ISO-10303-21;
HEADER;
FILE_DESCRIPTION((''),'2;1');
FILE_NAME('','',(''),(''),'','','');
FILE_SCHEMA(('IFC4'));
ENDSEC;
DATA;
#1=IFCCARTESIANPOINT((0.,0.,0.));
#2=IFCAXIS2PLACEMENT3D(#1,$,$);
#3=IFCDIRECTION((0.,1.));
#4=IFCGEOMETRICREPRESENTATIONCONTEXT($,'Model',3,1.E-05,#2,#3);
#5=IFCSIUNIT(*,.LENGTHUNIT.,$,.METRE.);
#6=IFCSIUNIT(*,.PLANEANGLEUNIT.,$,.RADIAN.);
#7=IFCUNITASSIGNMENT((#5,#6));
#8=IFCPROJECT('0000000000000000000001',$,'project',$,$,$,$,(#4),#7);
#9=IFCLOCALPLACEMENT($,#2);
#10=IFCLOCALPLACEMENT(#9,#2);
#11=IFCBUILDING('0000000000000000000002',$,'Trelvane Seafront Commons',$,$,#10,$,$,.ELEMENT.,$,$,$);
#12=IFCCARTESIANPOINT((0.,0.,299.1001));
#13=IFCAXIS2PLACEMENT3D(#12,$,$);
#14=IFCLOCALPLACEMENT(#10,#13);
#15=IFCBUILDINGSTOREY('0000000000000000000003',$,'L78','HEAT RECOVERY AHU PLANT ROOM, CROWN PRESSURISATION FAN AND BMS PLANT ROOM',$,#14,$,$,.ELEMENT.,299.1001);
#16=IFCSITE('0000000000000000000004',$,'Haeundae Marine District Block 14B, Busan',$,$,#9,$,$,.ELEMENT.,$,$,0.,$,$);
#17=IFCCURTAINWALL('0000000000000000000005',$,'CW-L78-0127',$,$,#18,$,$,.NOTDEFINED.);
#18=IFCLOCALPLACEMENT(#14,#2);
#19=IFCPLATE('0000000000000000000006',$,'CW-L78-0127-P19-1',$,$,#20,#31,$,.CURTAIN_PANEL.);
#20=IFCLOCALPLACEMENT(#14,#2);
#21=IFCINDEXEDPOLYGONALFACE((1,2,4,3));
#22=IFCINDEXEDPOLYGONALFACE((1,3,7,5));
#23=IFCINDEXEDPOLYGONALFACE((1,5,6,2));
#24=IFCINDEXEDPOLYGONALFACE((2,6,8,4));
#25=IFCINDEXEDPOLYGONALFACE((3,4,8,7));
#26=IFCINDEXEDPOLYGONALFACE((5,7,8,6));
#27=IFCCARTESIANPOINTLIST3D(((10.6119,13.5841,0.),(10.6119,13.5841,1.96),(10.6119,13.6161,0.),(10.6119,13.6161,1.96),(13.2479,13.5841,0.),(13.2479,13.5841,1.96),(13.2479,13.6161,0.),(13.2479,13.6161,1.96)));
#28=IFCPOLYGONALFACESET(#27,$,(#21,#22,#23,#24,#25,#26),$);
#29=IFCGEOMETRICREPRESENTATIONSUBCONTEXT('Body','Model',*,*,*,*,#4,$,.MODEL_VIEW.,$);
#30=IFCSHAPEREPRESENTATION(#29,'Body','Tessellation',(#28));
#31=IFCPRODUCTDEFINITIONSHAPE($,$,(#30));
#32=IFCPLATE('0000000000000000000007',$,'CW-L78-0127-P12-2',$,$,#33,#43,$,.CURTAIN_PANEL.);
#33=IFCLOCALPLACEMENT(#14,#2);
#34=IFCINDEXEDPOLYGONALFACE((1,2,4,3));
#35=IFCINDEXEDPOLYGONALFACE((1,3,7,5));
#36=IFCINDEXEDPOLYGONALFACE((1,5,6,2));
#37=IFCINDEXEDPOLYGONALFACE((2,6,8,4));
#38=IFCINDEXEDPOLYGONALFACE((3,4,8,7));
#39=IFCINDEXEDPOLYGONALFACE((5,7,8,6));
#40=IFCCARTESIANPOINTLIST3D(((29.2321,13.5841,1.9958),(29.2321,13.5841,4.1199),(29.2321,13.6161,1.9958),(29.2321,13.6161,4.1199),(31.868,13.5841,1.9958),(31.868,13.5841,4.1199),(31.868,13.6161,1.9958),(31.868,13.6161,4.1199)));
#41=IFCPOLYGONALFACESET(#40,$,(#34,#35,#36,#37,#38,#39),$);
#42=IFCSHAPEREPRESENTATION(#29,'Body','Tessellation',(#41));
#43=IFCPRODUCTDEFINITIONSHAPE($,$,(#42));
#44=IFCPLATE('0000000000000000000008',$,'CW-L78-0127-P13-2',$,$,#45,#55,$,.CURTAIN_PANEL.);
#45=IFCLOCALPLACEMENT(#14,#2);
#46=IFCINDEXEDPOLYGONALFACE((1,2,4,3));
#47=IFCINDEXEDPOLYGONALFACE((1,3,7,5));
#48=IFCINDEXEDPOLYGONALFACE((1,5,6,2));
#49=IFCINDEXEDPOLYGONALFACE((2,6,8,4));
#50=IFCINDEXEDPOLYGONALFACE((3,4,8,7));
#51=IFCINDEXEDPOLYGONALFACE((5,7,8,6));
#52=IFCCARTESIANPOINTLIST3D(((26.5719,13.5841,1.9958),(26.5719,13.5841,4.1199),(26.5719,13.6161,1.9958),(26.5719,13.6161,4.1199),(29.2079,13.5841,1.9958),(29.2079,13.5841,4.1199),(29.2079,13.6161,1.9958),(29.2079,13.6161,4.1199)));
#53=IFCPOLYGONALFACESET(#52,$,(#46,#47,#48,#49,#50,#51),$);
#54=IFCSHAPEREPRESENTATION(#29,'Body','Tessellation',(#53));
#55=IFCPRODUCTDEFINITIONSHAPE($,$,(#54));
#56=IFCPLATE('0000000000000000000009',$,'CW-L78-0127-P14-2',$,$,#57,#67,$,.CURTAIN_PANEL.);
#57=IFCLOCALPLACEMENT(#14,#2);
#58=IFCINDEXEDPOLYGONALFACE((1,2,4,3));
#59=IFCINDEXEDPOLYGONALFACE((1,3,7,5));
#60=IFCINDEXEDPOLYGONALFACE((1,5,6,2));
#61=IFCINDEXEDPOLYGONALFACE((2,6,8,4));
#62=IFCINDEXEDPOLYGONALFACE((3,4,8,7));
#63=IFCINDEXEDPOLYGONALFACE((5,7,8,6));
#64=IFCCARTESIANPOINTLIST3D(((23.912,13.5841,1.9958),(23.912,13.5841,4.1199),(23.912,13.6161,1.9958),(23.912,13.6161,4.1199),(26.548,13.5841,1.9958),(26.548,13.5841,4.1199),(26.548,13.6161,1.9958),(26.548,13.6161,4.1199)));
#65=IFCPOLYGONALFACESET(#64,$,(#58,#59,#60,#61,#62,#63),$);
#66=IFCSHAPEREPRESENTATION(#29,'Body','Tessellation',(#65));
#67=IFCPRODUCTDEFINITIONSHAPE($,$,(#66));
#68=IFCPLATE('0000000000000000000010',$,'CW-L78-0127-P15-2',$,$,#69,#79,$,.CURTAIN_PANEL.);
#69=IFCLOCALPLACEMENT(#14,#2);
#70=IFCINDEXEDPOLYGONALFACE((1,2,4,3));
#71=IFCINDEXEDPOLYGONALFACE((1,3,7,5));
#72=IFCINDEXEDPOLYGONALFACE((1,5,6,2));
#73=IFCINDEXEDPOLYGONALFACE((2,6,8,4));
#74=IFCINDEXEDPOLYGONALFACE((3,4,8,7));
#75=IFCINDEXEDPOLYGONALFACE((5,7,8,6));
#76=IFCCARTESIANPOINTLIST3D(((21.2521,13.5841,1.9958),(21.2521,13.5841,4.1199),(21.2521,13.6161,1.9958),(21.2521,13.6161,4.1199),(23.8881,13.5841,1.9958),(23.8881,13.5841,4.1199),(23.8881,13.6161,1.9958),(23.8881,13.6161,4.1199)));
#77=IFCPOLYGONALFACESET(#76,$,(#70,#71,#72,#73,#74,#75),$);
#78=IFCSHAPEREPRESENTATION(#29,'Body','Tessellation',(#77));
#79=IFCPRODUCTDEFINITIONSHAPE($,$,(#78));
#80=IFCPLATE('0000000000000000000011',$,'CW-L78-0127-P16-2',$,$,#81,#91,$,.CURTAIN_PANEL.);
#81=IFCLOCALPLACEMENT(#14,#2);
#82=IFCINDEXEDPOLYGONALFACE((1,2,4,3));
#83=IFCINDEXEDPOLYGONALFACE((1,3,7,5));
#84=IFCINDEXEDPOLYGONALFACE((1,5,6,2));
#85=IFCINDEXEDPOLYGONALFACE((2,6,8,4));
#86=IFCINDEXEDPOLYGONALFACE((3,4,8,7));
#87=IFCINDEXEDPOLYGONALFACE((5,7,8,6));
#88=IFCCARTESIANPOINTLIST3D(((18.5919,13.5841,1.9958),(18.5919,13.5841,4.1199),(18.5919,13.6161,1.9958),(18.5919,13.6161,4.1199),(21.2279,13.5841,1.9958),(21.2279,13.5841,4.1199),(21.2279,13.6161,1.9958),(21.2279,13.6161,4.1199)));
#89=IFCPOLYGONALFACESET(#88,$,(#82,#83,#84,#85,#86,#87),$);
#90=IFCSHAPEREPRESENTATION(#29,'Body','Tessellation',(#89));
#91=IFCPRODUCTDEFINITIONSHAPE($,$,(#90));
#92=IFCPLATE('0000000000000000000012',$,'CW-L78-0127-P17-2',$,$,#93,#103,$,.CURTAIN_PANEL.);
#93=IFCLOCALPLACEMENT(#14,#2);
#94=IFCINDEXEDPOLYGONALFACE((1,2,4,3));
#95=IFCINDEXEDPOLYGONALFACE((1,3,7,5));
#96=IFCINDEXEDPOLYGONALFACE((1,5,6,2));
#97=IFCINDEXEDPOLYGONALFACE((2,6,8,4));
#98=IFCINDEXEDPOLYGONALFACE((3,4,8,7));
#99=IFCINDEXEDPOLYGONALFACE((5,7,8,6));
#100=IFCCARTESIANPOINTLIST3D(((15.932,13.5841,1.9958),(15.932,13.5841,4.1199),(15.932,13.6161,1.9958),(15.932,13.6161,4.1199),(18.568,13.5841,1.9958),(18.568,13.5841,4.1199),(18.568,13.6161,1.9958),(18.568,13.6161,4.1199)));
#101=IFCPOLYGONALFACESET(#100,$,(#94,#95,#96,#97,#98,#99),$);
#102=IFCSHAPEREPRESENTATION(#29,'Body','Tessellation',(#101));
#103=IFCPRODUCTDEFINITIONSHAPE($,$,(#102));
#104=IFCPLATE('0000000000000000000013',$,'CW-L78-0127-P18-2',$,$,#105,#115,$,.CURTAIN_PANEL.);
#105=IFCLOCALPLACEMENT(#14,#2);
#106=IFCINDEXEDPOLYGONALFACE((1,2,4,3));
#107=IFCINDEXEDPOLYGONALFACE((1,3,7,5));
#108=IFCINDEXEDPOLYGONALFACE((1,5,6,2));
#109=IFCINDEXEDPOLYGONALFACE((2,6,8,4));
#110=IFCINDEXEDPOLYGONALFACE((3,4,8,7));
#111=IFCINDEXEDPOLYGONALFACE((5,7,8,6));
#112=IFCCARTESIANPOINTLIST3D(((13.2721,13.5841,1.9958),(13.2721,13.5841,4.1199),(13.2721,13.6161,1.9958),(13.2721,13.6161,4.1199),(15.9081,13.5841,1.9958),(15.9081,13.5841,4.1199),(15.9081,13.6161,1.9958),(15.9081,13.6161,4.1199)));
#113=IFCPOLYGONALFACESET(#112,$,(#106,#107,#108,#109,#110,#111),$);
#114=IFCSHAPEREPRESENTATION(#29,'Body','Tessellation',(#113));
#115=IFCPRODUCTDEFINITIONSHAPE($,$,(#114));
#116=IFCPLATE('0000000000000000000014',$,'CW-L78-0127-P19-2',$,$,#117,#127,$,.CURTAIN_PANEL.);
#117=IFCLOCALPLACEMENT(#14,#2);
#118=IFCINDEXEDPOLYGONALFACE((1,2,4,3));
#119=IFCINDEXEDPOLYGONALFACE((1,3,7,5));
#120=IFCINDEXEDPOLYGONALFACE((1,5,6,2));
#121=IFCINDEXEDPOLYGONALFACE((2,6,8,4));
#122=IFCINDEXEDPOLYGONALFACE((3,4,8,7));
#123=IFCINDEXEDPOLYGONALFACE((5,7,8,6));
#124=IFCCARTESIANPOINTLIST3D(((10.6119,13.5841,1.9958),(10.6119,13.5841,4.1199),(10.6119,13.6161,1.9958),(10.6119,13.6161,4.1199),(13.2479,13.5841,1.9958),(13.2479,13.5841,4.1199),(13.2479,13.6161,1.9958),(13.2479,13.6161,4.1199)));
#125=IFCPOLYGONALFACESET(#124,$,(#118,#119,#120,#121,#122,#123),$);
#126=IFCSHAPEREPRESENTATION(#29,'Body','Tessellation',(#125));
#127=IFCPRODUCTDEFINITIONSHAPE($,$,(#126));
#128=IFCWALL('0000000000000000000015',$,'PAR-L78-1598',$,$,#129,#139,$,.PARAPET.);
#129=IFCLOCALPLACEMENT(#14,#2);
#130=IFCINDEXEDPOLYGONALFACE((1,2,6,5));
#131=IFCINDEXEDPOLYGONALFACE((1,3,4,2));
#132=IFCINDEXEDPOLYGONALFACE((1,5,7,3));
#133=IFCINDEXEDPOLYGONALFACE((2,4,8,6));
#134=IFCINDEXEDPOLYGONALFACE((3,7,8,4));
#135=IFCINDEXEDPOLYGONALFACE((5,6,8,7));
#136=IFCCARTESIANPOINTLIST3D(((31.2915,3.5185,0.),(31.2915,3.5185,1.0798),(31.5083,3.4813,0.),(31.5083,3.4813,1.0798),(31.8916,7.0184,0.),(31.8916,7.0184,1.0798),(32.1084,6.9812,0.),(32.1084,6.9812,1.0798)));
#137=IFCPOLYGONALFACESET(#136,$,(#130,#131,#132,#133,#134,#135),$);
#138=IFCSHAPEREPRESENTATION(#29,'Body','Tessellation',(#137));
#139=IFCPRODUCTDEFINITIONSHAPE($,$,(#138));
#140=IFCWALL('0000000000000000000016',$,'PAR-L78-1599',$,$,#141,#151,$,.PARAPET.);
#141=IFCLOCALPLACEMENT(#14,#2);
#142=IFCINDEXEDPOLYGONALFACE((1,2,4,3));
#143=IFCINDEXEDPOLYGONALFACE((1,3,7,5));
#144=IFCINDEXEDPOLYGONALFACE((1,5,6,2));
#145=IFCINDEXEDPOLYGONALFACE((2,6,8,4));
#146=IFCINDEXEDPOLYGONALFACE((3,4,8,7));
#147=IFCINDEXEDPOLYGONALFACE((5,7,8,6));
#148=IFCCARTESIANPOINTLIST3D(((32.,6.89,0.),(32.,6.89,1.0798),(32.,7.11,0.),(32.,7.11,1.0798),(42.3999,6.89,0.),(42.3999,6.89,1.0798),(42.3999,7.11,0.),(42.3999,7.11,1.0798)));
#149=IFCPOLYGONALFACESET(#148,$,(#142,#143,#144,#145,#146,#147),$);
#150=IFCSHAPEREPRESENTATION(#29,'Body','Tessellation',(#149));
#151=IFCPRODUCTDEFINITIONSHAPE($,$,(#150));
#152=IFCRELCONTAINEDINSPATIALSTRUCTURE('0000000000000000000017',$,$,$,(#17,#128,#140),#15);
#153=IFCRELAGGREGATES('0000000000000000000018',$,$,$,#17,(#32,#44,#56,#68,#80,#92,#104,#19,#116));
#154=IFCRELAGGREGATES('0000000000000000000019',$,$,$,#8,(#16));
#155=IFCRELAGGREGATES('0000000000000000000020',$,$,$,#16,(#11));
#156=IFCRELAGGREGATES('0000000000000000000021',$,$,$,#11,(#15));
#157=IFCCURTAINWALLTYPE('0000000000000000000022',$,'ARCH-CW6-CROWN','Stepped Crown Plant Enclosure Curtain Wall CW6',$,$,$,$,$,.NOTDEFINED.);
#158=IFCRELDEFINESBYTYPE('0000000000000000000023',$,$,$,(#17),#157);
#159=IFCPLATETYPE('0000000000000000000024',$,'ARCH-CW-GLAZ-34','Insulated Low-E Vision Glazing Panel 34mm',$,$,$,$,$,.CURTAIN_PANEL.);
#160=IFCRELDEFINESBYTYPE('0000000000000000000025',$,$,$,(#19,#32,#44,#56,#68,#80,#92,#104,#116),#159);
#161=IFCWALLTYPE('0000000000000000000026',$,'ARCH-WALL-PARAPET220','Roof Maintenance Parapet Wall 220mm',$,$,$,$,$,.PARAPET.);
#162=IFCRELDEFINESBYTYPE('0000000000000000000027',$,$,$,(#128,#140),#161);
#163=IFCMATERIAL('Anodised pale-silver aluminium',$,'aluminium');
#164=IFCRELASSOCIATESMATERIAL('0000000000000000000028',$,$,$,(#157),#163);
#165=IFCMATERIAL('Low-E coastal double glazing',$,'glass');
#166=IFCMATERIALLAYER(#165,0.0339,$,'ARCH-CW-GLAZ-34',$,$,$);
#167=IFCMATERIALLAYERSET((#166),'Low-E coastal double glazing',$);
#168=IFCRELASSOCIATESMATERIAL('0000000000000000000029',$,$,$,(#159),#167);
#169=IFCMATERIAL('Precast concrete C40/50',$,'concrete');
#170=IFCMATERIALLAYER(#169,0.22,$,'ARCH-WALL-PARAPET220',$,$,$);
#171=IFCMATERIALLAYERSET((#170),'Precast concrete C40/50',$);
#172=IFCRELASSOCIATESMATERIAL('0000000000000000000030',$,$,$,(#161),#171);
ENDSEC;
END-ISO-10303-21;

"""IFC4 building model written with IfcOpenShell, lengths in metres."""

from ifc_helpers import new_model, si_unit, direction, frame, frame_2d, origin, origin_2d, place, context, subcontext, project, spatial, rectangle, extrude, source, transform, mapped, material, layer, layer_set, type_object, element, aggregate, save


model = new_model("IFC4")

# Units and contexts
model_context = context("Model", 3, precision=1e-05, world=origin(), true_north=direction((0.0, 1.0)))
body_context = subcontext(model_context, "Body", "Model", "MODEL_VIEW")
ifc_project = project(units=[si_unit("LENGTHUNIT", "METRE"), si_unit("PLANEANGLEUNIT", "RADIAN")], contexts=[model_context])

# Site, building, storey
site_placement = place(None, origin())
site = spatial("IfcSite", under=ifc_project, at=site_placement, Name="Haeundae Marine District Block 14B, Busan", CompositionType="ELEMENT", RefElevation=0.0)
building_placement = place(site_placement, origin())
building = spatial("IfcBuilding", under=site, at=building_placement, Name="Trelvane Seafront Commons", CompositionType="ELEMENT")
storey_placement = place(building_placement, frame((0.0, 0.0, 299.1001)))
storey = spatial("IfcBuildingStorey", under=building, at=storey_placement, Name="L78", Description="HEAT RECOVERY AHU PLANT ROOM, CROWN PRESSURISATION FAN AND BMS PLANT ROOM", CompositionType="ELEMENT", Elevation=299.1001)

# Curtain wall, plates
ifc_material_1 = material(Name="Anodised pale-silver aluminium", Category="aluminium")
curtain_wall_type = type_object("IfcCurtainWallType", Name="ARCH-CW6-CROWN", Description="Stepped Crown Plant Enclosure Curtain Wall CW6", PredefinedType="NOTDEFINED", material=ifc_material_1)
curtain_wall_placement = place(storey_placement, origin())
curtain_wall = element("IfcCurtainWall", 1, at=curtain_wall_placement, inside=storey, type_object=curtain_wall_type, Name="CW-L78-0127", PredefinedType="NOTDEFINED")
ifc_material_2 = material(Name="Low-E coastal double glazing", Category="glass")
ifc_layer_1 = layer(ifc_material_2, 0.0339, Name="ARCH-CW-GLAZ-34")
ifc_layer_set_1 = layer_set([ifc_layer_1], Name="Low-E coastal double glazing")
plate_type = type_object("IfcPlateType", Name="ARCH-CW-GLAZ-34", Description="Insulated Low-E Vision Glazing Panel 34mm", PredefinedType="CURTAIN_PANEL", material=ifc_layer_set_1)
shared_shape_1 = source(origin(), body_context, "Body", "SweptSolid", [
    extrude(rectangle(XDim=2.636, YDim=0.032, at=origin_2d()), origin(), (0.0, 0.0, 1.0), 1.96),
])
plate_1_placement = place(storey_placement, frame((11.9299, 13.6001, 0.0), z_axis=(0.0, 0.0, 1.0), x_axis=(-1.0, 0.0, 0.0)))
plate_1 = element("IfcPlate", 2, at=plate_1_placement, type_object=plate_type, Name="CW-L78-0127-P19-1", PredefinedType="CURTAIN_PANEL", context=body_context, shape_type="MappedRepresentation", body=[
    mapped(shared_shape_1, transform((0.0, 0.0, 0.0), x_axis=(1.0, 0.0, 0.0), y_axis=(0.0, 1.0, 0.0), z_axis=(0.0, 0.0, 1.0), scale=1.0)),
])
shared_shape_2 = source(origin(), body_context, "Body", "SweptSolid", [
    extrude(rectangle(XDim=2.636, YDim=0.032, at=origin_2d()), origin(), (0.0, 0.0, 1.0), 2.124),
])
plate_2_placement = place(storey_placement, frame((30.55, 13.6001, 1.9958), z_axis=(0.0, 0.0, 1.0), x_axis=(-1.0, 0.0, 0.0)))
plate_2 = element("IfcPlate", 3, at=plate_2_placement, type_object=plate_type, Name="CW-L78-0127-P12-2", PredefinedType="CURTAIN_PANEL", context=body_context, shape_type="MappedRepresentation", body=[
    mapped(shared_shape_2, transform((0.0, 0.0, 0.0), x_axis=(1.0, 0.0, 0.0), y_axis=(0.0, 1.0, 0.0), z_axis=(0.0, 0.0, 1.0), scale=1.0)),
])
plate_3_placement = place(storey_placement, frame((27.8899, 13.6001, 1.9958), z_axis=(0.0, 0.0, 1.0), x_axis=(-1.0, 0.0, 0.0)))
plate_3 = element("IfcPlate", 4, at=plate_3_placement, type_object=plate_type, Name="CW-L78-0127-P13-2", PredefinedType="CURTAIN_PANEL", context=body_context, shape_type="MappedRepresentation", body=[
    mapped(shared_shape_2, transform((0.0, 0.0, 0.0), x_axis=(1.0, 0.0, 0.0), y_axis=(0.0, 1.0, 0.0), z_axis=(0.0, 0.0, 1.0), scale=1.0)),
])
plate_4_placement = place(storey_placement, frame((25.23, 13.6001, 1.9958), z_axis=(0.0, 0.0, 1.0), x_axis=(-1.0, 0.0, 0.0)))
plate_4 = element("IfcPlate", 5, at=plate_4_placement, type_object=plate_type, Name="CW-L78-0127-P14-2", PredefinedType="CURTAIN_PANEL", context=body_context, shape_type="MappedRepresentation", body=[
    mapped(shared_shape_2, transform((0.0, 0.0, 0.0), x_axis=(1.0, 0.0, 0.0), y_axis=(0.0, 1.0, 0.0), z_axis=(0.0, 0.0, 1.0), scale=1.0)),
])
plate_5_placement = place(storey_placement, frame((22.5701, 13.6001, 1.9958), z_axis=(0.0, 0.0, 1.0), x_axis=(-1.0, 0.0, 0.0)))
plate_5 = element("IfcPlate", 6, at=plate_5_placement, type_object=plate_type, Name="CW-L78-0127-P15-2", PredefinedType="CURTAIN_PANEL", context=body_context, shape_type="MappedRepresentation", body=[
    mapped(shared_shape_2, transform((0.0, 0.0, 0.0), x_axis=(1.0, 0.0, 0.0), y_axis=(0.0, 1.0, 0.0), z_axis=(0.0, 0.0, 1.0), scale=1.0)),
])
plate_6_placement = place(storey_placement, frame((19.9099, 13.6001, 1.9958), z_axis=(0.0, 0.0, 1.0), x_axis=(-1.0, 0.0, 0.0)))
plate_6 = element("IfcPlate", 7, at=plate_6_placement, type_object=plate_type, Name="CW-L78-0127-P16-2", PredefinedType="CURTAIN_PANEL", context=body_context, shape_type="MappedRepresentation", body=[
    mapped(shared_shape_2, transform((0.0, 0.0, 0.0), x_axis=(1.0, 0.0, 0.0), y_axis=(0.0, 1.0, 0.0), z_axis=(0.0, 0.0, 1.0), scale=1.0)),
])
plate_7_placement = place(storey_placement, frame((17.25, 13.6001, 1.9958), z_axis=(0.0, 0.0, 1.0), x_axis=(-1.0, 0.0, 0.0)))
plate_7 = element("IfcPlate", 8, at=plate_7_placement, type_object=plate_type, Name="CW-L78-0127-P17-2", PredefinedType="CURTAIN_PANEL", context=body_context, shape_type="MappedRepresentation", body=[
    mapped(shared_shape_2, transform((0.0, 0.0, 0.0), x_axis=(1.0, 0.0, 0.0), y_axis=(0.0, 1.0, 0.0), z_axis=(0.0, 0.0, 1.0), scale=1.0)),
])
plate_8_placement = place(storey_placement, frame((14.5901, 13.6001, 1.9958), z_axis=(0.0, 0.0, 1.0), x_axis=(-1.0, 0.0, 0.0)))
plate_8 = element("IfcPlate", 9, at=plate_8_placement, type_object=plate_type, Name="CW-L78-0127-P18-2", PredefinedType="CURTAIN_PANEL", context=body_context, shape_type="MappedRepresentation", body=[
    mapped(shared_shape_2, transform((0.0, 0.0, 0.0), x_axis=(1.0, 0.0, 0.0), y_axis=(0.0, 1.0, 0.0), z_axis=(0.0, 0.0, 1.0), scale=1.0)),
])
plate_9_placement = place(storey_placement, frame((11.9299, 13.6001, 1.9958), z_axis=(0.0, 0.0, 1.0), x_axis=(-1.0, 0.0, 0.0)))
plate_9 = element("IfcPlate", 10, at=plate_9_placement, type_object=plate_type, Name="CW-L78-0127-P19-2", PredefinedType="CURTAIN_PANEL", context=body_context, shape_type="MappedRepresentation", body=[
    mapped(shared_shape_2, transform((0.0, 0.0, 0.0), x_axis=(1.0, 0.0, 0.0), y_axis=(0.0, 1.0, 0.0), z_axis=(0.0, 0.0, 1.0), scale=1.0)),
])
aggregate(curtain_wall, [plate_2, plate_3, plate_4, plate_5, plate_6, plate_7, plate_8, plate_1, plate_9])

# Walls
ifc_material_3 = material(Name="Precast concrete C40/50", Category="concrete")
ifc_layer_2 = layer(ifc_material_3, 0.22, Name="ARCH-WALL-PARAPET220")
ifc_layer_set_2 = layer_set([ifc_layer_2], Name="Precast concrete C40/50")
wall_type = type_object("IfcWallType", Name="ARCH-WALL-PARAPET220", Description="Roof Maintenance Parapet Wall 220mm", PredefinedType="PARAPET", material=ifc_layer_set_2)
wall_1_placement = place(storey_placement, frame((31.3999, 3.5, 0.0), z_axis=(0.0, 0.0, 1.0), x_axis=(0.168991, 0.985618, 0.0)))
element("IfcWall", 11, at=wall_1_placement, inside=storey, type_object=wall_type, Name="PAR-L78-1598", PredefinedType="PARAPET", context=body_context, shape_type="SweptSolid", body=[
    extrude(rectangle(XDim=3.551, YDim=0.22, at=frame_2d((1.7754, 0.0))), origin(), (0.0, 0.0, 1.0), 1.0798),
])
wall_2_placement = place(storey_placement, frame((32.0, 7.0, 0.0), z_axis=(0.0, 0.0, 1.0), x_axis=(1.0, 0.0, 0.0)))
element("IfcWall", 12, at=wall_2_placement, inside=storey, type_object=wall_type, Name="PAR-L78-1599", PredefinedType="PARAPET", context=body_context, shape_type="SweptSolid", body=[
    extrude(rectangle(XDim=10.3999, YDim=0.22, at=frame_2d((5.2, 0.0))), origin(), (0.0, 0.0, 1.0), 1.0798),
])

save(model, "model.ifc")
